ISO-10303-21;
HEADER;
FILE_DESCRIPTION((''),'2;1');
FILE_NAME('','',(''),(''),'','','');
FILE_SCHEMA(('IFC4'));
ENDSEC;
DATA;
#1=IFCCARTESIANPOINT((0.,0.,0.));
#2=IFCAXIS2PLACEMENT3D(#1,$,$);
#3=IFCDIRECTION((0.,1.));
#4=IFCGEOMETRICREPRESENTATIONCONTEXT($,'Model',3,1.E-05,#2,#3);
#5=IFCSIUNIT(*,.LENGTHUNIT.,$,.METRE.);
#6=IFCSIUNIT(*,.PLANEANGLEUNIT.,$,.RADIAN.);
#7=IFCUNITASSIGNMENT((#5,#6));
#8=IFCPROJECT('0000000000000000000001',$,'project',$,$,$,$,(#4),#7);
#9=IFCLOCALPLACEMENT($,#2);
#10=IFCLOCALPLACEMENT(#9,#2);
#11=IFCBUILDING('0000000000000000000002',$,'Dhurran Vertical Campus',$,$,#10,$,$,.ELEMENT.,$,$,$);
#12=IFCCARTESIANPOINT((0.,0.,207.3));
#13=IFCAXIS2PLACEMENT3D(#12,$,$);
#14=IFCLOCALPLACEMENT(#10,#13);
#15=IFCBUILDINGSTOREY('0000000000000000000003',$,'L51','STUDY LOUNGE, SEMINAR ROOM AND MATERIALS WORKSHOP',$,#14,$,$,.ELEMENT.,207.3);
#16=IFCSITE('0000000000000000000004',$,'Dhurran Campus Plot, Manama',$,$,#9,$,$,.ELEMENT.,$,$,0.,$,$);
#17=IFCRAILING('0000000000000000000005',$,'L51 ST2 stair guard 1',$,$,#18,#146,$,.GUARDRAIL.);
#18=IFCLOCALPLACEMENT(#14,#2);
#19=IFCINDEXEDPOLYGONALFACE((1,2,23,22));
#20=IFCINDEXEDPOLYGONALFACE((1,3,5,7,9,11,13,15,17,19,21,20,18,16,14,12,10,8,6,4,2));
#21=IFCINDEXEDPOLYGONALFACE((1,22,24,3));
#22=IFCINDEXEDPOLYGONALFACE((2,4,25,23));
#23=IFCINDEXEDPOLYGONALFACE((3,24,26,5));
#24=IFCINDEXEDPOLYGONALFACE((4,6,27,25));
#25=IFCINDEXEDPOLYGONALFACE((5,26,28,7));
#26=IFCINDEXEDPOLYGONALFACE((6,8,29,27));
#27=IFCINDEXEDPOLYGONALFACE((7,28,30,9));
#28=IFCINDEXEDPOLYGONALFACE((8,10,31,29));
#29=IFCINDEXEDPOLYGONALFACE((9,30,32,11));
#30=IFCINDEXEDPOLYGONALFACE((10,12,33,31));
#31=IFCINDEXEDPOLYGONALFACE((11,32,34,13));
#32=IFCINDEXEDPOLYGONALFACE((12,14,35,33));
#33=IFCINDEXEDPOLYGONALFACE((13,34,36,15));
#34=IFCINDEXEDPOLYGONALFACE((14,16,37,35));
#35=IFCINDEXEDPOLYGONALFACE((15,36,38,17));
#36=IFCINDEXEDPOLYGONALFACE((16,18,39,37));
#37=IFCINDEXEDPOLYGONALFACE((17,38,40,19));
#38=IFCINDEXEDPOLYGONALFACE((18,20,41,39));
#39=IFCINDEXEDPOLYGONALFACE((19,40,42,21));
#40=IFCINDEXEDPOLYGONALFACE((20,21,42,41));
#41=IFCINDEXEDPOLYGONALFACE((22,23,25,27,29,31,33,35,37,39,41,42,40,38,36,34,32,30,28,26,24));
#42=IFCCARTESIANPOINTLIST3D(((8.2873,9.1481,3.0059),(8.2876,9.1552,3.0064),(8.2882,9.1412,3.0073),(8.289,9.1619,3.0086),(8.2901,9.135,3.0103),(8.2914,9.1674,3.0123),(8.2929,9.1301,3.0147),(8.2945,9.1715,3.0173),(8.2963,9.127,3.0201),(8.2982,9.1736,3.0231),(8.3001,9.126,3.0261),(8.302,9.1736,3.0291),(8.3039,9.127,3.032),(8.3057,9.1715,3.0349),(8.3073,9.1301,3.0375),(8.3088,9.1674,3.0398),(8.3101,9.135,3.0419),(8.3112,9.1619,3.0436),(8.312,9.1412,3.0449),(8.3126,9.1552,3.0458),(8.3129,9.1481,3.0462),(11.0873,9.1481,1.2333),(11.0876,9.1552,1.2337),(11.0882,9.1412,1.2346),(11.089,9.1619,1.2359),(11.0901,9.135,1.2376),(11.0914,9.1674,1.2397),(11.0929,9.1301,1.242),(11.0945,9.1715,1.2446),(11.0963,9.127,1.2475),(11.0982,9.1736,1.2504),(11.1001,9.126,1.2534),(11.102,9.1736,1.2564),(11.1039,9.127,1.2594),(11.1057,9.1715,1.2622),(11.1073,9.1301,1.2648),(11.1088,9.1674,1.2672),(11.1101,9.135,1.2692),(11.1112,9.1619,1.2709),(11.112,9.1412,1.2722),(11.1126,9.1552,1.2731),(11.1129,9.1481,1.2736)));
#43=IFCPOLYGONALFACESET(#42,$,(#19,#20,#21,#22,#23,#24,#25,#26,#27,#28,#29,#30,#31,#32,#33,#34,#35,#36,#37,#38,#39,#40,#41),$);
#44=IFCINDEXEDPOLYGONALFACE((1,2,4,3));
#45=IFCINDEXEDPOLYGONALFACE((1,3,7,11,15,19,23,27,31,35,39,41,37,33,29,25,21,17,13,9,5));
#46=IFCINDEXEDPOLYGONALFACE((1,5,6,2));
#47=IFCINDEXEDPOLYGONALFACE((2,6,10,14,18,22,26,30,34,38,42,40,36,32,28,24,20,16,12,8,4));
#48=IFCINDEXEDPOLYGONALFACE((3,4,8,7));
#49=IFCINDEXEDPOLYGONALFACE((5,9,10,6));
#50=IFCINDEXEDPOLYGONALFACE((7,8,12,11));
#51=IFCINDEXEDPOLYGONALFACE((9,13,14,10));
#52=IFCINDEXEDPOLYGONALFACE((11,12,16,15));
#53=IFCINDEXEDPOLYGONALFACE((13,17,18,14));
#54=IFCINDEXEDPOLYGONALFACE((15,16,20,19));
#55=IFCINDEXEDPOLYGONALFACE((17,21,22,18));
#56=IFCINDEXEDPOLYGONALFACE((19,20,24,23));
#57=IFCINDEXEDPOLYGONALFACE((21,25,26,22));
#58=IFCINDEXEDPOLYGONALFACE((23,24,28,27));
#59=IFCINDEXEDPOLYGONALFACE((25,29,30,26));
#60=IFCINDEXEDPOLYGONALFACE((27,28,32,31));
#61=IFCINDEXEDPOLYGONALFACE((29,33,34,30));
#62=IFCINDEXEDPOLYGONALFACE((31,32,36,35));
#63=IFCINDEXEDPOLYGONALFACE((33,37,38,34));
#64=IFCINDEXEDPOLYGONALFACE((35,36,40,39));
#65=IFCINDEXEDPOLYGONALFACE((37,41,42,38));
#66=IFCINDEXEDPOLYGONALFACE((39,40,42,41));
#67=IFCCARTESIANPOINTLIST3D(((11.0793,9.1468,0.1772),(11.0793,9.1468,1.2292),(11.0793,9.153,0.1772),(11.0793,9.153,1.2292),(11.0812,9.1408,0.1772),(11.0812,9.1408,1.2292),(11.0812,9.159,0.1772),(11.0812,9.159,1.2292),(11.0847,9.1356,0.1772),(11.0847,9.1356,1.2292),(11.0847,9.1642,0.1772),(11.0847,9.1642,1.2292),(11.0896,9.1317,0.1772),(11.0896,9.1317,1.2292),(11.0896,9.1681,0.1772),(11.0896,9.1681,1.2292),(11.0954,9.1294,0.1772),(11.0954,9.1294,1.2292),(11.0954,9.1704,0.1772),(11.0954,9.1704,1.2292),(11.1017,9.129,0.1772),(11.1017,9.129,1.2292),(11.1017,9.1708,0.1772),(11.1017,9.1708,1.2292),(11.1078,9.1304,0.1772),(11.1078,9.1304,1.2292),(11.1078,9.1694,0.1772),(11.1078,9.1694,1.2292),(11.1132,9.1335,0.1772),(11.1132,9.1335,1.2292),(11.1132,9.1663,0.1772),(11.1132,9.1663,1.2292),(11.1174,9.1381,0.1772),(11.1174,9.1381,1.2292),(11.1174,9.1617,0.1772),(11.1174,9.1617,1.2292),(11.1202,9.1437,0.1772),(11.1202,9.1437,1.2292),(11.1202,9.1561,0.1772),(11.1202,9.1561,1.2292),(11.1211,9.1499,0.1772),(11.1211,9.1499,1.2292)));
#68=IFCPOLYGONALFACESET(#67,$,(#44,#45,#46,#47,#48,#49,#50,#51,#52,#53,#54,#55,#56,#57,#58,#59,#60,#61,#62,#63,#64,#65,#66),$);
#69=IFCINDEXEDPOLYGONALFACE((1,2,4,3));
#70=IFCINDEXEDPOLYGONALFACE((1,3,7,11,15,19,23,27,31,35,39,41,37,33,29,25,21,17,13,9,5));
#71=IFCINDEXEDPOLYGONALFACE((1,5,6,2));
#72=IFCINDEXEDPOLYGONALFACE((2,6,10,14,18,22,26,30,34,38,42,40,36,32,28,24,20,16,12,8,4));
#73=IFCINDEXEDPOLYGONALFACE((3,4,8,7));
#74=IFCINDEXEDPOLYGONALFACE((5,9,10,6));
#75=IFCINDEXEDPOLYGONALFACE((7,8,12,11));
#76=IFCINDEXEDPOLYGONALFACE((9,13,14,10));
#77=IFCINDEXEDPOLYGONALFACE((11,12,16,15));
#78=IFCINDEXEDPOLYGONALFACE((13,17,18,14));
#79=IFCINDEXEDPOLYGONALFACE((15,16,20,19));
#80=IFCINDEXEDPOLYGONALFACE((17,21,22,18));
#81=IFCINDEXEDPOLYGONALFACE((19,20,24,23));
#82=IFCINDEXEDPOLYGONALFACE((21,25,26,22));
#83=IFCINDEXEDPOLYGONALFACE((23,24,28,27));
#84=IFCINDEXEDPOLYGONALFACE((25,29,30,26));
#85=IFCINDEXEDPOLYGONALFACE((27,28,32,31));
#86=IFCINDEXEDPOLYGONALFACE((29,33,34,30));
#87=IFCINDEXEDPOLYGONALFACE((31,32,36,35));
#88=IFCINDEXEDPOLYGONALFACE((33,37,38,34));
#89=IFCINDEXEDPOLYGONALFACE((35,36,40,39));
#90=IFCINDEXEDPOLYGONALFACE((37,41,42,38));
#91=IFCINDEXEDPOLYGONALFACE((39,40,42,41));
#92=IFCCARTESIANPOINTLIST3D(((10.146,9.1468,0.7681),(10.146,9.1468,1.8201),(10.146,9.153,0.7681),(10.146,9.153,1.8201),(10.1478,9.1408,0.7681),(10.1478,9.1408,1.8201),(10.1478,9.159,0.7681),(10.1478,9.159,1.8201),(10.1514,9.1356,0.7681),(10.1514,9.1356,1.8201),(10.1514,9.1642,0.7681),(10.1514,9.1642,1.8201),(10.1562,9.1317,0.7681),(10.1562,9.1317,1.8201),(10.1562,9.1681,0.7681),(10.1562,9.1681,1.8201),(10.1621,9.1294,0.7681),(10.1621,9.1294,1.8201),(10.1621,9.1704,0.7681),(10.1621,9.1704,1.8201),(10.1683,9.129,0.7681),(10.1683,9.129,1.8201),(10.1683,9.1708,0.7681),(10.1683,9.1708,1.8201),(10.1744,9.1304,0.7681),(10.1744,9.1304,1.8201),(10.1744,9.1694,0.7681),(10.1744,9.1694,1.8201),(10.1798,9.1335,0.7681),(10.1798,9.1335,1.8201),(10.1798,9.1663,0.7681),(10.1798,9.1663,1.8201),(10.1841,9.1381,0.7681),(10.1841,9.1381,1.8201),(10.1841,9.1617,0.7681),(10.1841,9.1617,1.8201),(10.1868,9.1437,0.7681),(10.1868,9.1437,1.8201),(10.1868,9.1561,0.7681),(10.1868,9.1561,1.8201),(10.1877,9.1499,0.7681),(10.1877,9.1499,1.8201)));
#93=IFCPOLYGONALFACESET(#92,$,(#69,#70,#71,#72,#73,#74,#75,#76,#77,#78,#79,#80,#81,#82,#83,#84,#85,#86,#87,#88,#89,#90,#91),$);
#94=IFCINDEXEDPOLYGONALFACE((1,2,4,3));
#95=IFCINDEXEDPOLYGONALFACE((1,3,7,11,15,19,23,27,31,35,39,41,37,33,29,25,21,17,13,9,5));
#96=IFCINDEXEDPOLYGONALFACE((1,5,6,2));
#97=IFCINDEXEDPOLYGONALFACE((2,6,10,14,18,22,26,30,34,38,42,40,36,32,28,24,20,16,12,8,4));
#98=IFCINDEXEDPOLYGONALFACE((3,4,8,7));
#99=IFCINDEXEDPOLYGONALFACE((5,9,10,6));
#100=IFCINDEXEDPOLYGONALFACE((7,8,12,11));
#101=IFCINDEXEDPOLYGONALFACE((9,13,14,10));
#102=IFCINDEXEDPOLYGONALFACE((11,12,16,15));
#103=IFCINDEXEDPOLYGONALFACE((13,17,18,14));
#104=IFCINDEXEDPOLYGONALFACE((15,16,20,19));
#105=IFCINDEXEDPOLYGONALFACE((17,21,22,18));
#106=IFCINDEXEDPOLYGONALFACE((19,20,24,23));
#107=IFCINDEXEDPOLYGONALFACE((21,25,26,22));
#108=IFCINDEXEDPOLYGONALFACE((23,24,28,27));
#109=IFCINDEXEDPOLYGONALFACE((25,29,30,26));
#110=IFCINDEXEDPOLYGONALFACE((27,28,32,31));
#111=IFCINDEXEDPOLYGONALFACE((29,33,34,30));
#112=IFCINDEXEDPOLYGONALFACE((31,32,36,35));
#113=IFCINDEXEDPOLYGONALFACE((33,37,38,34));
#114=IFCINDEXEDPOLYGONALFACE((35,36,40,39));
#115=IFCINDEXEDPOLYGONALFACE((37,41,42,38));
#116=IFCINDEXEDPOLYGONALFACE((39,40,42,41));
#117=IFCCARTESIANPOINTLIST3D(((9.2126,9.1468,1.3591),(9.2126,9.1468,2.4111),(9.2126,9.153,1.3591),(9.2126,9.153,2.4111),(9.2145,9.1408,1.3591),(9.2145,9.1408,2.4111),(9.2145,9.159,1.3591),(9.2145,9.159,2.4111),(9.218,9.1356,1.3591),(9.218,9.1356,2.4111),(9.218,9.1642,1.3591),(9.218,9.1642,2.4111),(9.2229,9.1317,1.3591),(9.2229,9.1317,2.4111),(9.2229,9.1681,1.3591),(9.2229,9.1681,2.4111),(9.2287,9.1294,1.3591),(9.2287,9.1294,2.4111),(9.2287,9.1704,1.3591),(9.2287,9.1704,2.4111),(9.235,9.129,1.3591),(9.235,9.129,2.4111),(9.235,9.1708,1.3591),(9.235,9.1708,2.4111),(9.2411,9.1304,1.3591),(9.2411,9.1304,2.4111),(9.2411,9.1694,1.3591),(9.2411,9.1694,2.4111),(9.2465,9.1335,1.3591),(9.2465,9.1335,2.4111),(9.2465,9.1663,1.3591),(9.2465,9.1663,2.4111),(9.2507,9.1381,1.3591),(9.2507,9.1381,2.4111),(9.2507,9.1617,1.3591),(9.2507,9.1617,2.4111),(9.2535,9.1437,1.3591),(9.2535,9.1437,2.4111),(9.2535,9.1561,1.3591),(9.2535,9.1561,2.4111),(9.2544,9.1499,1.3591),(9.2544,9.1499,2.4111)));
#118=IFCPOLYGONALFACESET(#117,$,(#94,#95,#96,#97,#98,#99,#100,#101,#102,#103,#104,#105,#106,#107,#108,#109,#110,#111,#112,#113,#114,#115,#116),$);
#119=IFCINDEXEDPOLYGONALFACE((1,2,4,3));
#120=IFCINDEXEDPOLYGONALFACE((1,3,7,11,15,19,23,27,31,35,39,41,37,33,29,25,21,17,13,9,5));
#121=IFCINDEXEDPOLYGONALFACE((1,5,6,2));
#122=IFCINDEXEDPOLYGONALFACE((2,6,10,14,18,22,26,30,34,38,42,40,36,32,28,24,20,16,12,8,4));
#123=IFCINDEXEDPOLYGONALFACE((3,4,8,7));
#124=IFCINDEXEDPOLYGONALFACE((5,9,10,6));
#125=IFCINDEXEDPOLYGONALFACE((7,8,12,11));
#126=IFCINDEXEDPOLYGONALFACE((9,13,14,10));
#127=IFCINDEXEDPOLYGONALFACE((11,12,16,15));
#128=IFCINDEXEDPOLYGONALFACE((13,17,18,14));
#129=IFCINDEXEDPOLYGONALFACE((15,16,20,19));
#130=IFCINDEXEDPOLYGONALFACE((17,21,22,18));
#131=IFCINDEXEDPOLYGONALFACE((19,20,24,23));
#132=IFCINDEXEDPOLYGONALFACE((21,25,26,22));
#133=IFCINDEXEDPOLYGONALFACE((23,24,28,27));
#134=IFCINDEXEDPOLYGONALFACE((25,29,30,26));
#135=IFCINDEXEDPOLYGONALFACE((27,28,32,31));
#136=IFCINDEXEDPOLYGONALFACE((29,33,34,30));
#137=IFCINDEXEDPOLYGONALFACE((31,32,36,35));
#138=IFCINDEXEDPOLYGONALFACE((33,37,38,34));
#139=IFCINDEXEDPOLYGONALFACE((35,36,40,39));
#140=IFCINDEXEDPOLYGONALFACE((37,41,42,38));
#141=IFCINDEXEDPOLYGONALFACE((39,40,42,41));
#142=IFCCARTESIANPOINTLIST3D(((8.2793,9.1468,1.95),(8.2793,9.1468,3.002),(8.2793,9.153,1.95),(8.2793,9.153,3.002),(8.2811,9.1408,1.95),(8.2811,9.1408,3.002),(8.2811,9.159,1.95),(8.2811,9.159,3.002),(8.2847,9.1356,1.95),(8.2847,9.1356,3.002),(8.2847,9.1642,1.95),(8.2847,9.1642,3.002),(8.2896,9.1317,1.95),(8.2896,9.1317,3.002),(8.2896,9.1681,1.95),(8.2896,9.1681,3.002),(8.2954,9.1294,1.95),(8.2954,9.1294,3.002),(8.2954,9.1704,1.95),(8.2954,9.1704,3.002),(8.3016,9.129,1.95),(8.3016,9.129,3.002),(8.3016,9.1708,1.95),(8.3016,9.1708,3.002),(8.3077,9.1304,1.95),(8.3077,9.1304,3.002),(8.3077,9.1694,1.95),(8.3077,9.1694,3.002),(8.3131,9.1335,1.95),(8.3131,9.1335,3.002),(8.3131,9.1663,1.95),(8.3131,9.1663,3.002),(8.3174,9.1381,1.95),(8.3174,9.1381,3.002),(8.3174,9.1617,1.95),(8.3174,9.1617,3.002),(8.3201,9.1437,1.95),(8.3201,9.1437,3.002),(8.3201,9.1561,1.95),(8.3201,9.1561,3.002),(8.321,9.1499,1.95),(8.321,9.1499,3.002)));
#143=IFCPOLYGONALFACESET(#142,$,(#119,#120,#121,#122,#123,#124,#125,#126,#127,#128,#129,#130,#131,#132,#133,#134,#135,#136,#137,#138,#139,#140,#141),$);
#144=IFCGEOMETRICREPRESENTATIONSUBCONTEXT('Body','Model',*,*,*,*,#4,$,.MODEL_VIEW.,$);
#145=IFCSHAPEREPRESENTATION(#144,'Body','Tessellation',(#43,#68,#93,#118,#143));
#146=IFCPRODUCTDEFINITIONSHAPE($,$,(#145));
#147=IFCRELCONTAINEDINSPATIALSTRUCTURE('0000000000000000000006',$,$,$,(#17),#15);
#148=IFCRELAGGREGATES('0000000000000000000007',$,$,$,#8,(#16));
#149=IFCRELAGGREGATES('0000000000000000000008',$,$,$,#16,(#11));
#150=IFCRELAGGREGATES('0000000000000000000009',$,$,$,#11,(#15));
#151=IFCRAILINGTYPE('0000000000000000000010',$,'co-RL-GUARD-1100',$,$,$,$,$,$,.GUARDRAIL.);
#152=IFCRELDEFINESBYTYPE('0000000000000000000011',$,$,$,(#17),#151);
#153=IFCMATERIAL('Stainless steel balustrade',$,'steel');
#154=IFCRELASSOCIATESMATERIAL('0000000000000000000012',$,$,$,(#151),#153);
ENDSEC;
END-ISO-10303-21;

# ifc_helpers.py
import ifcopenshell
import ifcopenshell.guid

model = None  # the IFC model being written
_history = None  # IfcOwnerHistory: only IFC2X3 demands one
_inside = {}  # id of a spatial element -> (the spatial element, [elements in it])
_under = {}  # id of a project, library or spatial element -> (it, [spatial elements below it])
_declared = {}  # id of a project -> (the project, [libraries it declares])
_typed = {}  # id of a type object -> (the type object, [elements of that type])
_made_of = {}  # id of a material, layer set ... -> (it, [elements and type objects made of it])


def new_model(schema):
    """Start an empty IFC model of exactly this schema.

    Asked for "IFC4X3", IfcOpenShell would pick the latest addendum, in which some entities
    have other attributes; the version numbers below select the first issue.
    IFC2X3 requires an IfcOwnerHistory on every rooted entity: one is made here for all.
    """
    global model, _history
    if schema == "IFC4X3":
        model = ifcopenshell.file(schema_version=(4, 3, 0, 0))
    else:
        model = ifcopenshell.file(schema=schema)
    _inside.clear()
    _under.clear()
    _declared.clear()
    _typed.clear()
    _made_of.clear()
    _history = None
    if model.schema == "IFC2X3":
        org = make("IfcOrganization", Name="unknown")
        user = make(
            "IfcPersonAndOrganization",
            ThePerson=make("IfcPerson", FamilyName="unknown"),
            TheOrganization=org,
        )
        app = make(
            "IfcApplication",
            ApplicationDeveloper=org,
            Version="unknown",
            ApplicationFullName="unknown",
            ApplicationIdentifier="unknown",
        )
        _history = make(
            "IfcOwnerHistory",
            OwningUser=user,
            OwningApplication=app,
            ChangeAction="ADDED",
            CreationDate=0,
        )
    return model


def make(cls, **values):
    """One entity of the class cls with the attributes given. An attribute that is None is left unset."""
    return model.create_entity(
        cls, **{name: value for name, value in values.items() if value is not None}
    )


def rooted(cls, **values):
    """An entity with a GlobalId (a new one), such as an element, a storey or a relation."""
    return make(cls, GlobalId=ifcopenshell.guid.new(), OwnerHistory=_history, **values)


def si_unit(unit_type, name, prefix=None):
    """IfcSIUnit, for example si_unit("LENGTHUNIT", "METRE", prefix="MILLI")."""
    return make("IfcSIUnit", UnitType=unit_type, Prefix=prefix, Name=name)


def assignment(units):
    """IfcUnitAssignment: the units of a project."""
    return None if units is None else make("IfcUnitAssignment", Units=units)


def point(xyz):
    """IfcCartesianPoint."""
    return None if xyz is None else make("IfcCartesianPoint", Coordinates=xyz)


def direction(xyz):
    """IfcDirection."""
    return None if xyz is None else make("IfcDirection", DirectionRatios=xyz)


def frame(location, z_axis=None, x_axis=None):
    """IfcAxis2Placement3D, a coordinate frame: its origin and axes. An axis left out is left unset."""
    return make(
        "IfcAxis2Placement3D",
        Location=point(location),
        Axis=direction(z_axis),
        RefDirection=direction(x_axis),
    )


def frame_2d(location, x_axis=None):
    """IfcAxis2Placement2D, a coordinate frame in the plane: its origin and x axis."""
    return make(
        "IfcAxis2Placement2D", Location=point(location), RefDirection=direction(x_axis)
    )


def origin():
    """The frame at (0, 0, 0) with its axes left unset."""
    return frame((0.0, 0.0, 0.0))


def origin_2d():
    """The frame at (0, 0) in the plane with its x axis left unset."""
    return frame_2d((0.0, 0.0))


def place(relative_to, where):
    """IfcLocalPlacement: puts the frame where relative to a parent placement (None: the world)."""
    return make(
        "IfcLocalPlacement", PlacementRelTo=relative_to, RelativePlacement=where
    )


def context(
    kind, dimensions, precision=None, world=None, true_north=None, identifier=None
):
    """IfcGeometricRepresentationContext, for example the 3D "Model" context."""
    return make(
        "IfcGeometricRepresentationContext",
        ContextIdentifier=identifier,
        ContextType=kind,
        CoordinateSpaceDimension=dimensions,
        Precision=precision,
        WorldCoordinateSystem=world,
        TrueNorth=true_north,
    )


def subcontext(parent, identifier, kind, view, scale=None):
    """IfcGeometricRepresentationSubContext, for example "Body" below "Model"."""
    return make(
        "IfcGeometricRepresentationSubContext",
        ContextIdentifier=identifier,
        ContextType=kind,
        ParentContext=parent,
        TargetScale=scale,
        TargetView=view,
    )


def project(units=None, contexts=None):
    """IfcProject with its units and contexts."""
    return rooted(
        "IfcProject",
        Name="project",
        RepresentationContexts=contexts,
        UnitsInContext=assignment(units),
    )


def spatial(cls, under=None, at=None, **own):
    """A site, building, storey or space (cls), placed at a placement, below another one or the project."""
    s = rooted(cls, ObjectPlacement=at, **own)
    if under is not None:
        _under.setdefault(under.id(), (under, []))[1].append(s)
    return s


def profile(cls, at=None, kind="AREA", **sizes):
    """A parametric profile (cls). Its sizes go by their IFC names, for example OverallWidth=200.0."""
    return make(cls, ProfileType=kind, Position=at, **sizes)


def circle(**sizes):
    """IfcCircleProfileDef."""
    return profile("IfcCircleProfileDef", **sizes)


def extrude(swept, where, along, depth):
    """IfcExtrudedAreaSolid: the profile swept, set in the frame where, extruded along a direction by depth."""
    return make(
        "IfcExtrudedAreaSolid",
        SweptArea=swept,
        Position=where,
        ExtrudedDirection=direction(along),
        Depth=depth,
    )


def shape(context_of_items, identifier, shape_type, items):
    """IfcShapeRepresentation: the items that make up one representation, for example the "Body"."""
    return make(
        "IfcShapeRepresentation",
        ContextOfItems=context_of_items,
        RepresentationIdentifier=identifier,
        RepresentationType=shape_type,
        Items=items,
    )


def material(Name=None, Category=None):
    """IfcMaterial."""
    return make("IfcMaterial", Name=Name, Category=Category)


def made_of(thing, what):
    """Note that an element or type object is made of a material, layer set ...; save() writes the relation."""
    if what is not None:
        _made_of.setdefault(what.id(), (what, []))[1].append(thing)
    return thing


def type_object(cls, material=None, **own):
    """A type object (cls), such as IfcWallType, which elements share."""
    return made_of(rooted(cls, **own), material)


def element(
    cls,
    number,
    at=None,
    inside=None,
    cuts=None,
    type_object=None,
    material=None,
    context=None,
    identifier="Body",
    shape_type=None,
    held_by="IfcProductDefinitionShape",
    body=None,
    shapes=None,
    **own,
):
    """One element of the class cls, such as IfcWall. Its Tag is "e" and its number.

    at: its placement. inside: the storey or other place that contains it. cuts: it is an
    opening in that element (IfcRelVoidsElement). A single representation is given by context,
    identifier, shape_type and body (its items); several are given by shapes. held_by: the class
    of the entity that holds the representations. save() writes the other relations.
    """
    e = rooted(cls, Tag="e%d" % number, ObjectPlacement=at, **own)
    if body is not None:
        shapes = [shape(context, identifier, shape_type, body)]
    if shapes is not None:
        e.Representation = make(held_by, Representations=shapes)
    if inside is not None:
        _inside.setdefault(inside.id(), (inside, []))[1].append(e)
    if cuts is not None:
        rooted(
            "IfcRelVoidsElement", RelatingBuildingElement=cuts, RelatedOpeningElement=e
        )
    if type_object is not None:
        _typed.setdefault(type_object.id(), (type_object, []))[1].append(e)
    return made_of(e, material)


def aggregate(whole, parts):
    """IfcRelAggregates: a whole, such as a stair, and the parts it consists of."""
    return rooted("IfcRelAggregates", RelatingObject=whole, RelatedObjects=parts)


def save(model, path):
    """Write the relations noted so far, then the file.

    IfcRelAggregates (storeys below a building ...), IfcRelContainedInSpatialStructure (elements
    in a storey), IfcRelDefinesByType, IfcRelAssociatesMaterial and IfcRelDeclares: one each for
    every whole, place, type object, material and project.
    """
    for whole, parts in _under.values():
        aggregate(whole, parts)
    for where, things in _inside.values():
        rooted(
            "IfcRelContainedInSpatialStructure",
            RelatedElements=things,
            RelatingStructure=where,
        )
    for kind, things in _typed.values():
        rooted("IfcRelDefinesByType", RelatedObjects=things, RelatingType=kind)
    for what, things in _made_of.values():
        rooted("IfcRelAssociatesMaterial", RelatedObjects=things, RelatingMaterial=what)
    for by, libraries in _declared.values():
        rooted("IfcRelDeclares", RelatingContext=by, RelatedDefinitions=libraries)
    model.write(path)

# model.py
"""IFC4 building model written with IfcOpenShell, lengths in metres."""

from ifc_helpers import new_model, si_unit, direction, frame, origin, origin_2d, place, context, subcontext, project, spatial, circle, extrude, material, type_object, element, save


model = new_model("IFC4")

# Units and contexts
model_context = context("Model", 3, precision=1e-05, world=origin(), true_north=direction((0.0, 1.0)))
body_context = subcontext(model_context, "Body", "Model", "MODEL_VIEW")
ifc_project = project(units=[si_unit("LENGTHUNIT", "METRE"), si_unit("PLANEANGLEUNIT", "RADIAN")], contexts=[model_context])

# Site, building, storey
site_placement = place(None, origin())
site = spatial("IfcSite", under=ifc_project, at=site_placement, Name="Dhurran Campus Plot, Manama", CompositionType="ELEMENT", RefElevation=0.0)
building_placement = place(site_placement, origin())
building = spatial("IfcBuilding", under=site, at=building_placement, Name="Dhurran Vertical Campus", CompositionType="ELEMENT")
storey_placement = place(building_placement, frame((0.0, 0.0, 207.3)))
storey = spatial("IfcBuildingStorey", under=building, at=storey_placement, Name="L51", Description="STUDY LOUNGE, SEMINAR ROOM AND MATERIALS WORKSHOP", CompositionType="ELEMENT", Elevation=207.3)

# Railing
ifc_material_1 = material(Name="Stainless steel balustrade", Category="steel")
railing_type_1 = type_object("IfcRailingType", Name="co-RL-GUARD-1100", PredefinedType="GUARDRAIL", material=ifc_material_1)
railing_1_placement = place(storey_placement, frame((11.1001, 9.1499, 0.1772)))
element("IfcRailing", 1, at=railing_1_placement, inside=storey, type_object=railing_type_1, Name="L51 ST2 stair guard 1", PredefinedType="GUARDRAIL", context=body_context, shape_type="SweptSolid", body=[
    extrude(circle(Radius=0.0239, at=origin_2d()), frame((0.0, 0.0, 1.0762), z_axis=(-0.844909, 0.0, 0.53491), x_axis=(0.0, -1.0, 0.0)), (0.0, 0.0, 1.0), 3.314),
    extrude(circle(Radius=0.021, at=origin_2d()), origin(), (0.0, 0.0, 1.0), 1.052),
    extrude(circle(Radius=0.021, at=origin_2d()), frame((-0.9333, 0.0, 0.5908)), (0.0, 0.0, 1.0), 1.052),
    extrude(circle(Radius=0.021, at=origin_2d()), frame((-1.8667, 0.0, 1.1819)), (0.0, 0.0, 1.0), 1.052),
    extrude(circle(Radius=0.021, at=origin_2d()), frame((-2.8, 0.0, 1.7727)), (0.0, 0.0, 1.0), 1.052),
])

save(model, "model.ifc")
